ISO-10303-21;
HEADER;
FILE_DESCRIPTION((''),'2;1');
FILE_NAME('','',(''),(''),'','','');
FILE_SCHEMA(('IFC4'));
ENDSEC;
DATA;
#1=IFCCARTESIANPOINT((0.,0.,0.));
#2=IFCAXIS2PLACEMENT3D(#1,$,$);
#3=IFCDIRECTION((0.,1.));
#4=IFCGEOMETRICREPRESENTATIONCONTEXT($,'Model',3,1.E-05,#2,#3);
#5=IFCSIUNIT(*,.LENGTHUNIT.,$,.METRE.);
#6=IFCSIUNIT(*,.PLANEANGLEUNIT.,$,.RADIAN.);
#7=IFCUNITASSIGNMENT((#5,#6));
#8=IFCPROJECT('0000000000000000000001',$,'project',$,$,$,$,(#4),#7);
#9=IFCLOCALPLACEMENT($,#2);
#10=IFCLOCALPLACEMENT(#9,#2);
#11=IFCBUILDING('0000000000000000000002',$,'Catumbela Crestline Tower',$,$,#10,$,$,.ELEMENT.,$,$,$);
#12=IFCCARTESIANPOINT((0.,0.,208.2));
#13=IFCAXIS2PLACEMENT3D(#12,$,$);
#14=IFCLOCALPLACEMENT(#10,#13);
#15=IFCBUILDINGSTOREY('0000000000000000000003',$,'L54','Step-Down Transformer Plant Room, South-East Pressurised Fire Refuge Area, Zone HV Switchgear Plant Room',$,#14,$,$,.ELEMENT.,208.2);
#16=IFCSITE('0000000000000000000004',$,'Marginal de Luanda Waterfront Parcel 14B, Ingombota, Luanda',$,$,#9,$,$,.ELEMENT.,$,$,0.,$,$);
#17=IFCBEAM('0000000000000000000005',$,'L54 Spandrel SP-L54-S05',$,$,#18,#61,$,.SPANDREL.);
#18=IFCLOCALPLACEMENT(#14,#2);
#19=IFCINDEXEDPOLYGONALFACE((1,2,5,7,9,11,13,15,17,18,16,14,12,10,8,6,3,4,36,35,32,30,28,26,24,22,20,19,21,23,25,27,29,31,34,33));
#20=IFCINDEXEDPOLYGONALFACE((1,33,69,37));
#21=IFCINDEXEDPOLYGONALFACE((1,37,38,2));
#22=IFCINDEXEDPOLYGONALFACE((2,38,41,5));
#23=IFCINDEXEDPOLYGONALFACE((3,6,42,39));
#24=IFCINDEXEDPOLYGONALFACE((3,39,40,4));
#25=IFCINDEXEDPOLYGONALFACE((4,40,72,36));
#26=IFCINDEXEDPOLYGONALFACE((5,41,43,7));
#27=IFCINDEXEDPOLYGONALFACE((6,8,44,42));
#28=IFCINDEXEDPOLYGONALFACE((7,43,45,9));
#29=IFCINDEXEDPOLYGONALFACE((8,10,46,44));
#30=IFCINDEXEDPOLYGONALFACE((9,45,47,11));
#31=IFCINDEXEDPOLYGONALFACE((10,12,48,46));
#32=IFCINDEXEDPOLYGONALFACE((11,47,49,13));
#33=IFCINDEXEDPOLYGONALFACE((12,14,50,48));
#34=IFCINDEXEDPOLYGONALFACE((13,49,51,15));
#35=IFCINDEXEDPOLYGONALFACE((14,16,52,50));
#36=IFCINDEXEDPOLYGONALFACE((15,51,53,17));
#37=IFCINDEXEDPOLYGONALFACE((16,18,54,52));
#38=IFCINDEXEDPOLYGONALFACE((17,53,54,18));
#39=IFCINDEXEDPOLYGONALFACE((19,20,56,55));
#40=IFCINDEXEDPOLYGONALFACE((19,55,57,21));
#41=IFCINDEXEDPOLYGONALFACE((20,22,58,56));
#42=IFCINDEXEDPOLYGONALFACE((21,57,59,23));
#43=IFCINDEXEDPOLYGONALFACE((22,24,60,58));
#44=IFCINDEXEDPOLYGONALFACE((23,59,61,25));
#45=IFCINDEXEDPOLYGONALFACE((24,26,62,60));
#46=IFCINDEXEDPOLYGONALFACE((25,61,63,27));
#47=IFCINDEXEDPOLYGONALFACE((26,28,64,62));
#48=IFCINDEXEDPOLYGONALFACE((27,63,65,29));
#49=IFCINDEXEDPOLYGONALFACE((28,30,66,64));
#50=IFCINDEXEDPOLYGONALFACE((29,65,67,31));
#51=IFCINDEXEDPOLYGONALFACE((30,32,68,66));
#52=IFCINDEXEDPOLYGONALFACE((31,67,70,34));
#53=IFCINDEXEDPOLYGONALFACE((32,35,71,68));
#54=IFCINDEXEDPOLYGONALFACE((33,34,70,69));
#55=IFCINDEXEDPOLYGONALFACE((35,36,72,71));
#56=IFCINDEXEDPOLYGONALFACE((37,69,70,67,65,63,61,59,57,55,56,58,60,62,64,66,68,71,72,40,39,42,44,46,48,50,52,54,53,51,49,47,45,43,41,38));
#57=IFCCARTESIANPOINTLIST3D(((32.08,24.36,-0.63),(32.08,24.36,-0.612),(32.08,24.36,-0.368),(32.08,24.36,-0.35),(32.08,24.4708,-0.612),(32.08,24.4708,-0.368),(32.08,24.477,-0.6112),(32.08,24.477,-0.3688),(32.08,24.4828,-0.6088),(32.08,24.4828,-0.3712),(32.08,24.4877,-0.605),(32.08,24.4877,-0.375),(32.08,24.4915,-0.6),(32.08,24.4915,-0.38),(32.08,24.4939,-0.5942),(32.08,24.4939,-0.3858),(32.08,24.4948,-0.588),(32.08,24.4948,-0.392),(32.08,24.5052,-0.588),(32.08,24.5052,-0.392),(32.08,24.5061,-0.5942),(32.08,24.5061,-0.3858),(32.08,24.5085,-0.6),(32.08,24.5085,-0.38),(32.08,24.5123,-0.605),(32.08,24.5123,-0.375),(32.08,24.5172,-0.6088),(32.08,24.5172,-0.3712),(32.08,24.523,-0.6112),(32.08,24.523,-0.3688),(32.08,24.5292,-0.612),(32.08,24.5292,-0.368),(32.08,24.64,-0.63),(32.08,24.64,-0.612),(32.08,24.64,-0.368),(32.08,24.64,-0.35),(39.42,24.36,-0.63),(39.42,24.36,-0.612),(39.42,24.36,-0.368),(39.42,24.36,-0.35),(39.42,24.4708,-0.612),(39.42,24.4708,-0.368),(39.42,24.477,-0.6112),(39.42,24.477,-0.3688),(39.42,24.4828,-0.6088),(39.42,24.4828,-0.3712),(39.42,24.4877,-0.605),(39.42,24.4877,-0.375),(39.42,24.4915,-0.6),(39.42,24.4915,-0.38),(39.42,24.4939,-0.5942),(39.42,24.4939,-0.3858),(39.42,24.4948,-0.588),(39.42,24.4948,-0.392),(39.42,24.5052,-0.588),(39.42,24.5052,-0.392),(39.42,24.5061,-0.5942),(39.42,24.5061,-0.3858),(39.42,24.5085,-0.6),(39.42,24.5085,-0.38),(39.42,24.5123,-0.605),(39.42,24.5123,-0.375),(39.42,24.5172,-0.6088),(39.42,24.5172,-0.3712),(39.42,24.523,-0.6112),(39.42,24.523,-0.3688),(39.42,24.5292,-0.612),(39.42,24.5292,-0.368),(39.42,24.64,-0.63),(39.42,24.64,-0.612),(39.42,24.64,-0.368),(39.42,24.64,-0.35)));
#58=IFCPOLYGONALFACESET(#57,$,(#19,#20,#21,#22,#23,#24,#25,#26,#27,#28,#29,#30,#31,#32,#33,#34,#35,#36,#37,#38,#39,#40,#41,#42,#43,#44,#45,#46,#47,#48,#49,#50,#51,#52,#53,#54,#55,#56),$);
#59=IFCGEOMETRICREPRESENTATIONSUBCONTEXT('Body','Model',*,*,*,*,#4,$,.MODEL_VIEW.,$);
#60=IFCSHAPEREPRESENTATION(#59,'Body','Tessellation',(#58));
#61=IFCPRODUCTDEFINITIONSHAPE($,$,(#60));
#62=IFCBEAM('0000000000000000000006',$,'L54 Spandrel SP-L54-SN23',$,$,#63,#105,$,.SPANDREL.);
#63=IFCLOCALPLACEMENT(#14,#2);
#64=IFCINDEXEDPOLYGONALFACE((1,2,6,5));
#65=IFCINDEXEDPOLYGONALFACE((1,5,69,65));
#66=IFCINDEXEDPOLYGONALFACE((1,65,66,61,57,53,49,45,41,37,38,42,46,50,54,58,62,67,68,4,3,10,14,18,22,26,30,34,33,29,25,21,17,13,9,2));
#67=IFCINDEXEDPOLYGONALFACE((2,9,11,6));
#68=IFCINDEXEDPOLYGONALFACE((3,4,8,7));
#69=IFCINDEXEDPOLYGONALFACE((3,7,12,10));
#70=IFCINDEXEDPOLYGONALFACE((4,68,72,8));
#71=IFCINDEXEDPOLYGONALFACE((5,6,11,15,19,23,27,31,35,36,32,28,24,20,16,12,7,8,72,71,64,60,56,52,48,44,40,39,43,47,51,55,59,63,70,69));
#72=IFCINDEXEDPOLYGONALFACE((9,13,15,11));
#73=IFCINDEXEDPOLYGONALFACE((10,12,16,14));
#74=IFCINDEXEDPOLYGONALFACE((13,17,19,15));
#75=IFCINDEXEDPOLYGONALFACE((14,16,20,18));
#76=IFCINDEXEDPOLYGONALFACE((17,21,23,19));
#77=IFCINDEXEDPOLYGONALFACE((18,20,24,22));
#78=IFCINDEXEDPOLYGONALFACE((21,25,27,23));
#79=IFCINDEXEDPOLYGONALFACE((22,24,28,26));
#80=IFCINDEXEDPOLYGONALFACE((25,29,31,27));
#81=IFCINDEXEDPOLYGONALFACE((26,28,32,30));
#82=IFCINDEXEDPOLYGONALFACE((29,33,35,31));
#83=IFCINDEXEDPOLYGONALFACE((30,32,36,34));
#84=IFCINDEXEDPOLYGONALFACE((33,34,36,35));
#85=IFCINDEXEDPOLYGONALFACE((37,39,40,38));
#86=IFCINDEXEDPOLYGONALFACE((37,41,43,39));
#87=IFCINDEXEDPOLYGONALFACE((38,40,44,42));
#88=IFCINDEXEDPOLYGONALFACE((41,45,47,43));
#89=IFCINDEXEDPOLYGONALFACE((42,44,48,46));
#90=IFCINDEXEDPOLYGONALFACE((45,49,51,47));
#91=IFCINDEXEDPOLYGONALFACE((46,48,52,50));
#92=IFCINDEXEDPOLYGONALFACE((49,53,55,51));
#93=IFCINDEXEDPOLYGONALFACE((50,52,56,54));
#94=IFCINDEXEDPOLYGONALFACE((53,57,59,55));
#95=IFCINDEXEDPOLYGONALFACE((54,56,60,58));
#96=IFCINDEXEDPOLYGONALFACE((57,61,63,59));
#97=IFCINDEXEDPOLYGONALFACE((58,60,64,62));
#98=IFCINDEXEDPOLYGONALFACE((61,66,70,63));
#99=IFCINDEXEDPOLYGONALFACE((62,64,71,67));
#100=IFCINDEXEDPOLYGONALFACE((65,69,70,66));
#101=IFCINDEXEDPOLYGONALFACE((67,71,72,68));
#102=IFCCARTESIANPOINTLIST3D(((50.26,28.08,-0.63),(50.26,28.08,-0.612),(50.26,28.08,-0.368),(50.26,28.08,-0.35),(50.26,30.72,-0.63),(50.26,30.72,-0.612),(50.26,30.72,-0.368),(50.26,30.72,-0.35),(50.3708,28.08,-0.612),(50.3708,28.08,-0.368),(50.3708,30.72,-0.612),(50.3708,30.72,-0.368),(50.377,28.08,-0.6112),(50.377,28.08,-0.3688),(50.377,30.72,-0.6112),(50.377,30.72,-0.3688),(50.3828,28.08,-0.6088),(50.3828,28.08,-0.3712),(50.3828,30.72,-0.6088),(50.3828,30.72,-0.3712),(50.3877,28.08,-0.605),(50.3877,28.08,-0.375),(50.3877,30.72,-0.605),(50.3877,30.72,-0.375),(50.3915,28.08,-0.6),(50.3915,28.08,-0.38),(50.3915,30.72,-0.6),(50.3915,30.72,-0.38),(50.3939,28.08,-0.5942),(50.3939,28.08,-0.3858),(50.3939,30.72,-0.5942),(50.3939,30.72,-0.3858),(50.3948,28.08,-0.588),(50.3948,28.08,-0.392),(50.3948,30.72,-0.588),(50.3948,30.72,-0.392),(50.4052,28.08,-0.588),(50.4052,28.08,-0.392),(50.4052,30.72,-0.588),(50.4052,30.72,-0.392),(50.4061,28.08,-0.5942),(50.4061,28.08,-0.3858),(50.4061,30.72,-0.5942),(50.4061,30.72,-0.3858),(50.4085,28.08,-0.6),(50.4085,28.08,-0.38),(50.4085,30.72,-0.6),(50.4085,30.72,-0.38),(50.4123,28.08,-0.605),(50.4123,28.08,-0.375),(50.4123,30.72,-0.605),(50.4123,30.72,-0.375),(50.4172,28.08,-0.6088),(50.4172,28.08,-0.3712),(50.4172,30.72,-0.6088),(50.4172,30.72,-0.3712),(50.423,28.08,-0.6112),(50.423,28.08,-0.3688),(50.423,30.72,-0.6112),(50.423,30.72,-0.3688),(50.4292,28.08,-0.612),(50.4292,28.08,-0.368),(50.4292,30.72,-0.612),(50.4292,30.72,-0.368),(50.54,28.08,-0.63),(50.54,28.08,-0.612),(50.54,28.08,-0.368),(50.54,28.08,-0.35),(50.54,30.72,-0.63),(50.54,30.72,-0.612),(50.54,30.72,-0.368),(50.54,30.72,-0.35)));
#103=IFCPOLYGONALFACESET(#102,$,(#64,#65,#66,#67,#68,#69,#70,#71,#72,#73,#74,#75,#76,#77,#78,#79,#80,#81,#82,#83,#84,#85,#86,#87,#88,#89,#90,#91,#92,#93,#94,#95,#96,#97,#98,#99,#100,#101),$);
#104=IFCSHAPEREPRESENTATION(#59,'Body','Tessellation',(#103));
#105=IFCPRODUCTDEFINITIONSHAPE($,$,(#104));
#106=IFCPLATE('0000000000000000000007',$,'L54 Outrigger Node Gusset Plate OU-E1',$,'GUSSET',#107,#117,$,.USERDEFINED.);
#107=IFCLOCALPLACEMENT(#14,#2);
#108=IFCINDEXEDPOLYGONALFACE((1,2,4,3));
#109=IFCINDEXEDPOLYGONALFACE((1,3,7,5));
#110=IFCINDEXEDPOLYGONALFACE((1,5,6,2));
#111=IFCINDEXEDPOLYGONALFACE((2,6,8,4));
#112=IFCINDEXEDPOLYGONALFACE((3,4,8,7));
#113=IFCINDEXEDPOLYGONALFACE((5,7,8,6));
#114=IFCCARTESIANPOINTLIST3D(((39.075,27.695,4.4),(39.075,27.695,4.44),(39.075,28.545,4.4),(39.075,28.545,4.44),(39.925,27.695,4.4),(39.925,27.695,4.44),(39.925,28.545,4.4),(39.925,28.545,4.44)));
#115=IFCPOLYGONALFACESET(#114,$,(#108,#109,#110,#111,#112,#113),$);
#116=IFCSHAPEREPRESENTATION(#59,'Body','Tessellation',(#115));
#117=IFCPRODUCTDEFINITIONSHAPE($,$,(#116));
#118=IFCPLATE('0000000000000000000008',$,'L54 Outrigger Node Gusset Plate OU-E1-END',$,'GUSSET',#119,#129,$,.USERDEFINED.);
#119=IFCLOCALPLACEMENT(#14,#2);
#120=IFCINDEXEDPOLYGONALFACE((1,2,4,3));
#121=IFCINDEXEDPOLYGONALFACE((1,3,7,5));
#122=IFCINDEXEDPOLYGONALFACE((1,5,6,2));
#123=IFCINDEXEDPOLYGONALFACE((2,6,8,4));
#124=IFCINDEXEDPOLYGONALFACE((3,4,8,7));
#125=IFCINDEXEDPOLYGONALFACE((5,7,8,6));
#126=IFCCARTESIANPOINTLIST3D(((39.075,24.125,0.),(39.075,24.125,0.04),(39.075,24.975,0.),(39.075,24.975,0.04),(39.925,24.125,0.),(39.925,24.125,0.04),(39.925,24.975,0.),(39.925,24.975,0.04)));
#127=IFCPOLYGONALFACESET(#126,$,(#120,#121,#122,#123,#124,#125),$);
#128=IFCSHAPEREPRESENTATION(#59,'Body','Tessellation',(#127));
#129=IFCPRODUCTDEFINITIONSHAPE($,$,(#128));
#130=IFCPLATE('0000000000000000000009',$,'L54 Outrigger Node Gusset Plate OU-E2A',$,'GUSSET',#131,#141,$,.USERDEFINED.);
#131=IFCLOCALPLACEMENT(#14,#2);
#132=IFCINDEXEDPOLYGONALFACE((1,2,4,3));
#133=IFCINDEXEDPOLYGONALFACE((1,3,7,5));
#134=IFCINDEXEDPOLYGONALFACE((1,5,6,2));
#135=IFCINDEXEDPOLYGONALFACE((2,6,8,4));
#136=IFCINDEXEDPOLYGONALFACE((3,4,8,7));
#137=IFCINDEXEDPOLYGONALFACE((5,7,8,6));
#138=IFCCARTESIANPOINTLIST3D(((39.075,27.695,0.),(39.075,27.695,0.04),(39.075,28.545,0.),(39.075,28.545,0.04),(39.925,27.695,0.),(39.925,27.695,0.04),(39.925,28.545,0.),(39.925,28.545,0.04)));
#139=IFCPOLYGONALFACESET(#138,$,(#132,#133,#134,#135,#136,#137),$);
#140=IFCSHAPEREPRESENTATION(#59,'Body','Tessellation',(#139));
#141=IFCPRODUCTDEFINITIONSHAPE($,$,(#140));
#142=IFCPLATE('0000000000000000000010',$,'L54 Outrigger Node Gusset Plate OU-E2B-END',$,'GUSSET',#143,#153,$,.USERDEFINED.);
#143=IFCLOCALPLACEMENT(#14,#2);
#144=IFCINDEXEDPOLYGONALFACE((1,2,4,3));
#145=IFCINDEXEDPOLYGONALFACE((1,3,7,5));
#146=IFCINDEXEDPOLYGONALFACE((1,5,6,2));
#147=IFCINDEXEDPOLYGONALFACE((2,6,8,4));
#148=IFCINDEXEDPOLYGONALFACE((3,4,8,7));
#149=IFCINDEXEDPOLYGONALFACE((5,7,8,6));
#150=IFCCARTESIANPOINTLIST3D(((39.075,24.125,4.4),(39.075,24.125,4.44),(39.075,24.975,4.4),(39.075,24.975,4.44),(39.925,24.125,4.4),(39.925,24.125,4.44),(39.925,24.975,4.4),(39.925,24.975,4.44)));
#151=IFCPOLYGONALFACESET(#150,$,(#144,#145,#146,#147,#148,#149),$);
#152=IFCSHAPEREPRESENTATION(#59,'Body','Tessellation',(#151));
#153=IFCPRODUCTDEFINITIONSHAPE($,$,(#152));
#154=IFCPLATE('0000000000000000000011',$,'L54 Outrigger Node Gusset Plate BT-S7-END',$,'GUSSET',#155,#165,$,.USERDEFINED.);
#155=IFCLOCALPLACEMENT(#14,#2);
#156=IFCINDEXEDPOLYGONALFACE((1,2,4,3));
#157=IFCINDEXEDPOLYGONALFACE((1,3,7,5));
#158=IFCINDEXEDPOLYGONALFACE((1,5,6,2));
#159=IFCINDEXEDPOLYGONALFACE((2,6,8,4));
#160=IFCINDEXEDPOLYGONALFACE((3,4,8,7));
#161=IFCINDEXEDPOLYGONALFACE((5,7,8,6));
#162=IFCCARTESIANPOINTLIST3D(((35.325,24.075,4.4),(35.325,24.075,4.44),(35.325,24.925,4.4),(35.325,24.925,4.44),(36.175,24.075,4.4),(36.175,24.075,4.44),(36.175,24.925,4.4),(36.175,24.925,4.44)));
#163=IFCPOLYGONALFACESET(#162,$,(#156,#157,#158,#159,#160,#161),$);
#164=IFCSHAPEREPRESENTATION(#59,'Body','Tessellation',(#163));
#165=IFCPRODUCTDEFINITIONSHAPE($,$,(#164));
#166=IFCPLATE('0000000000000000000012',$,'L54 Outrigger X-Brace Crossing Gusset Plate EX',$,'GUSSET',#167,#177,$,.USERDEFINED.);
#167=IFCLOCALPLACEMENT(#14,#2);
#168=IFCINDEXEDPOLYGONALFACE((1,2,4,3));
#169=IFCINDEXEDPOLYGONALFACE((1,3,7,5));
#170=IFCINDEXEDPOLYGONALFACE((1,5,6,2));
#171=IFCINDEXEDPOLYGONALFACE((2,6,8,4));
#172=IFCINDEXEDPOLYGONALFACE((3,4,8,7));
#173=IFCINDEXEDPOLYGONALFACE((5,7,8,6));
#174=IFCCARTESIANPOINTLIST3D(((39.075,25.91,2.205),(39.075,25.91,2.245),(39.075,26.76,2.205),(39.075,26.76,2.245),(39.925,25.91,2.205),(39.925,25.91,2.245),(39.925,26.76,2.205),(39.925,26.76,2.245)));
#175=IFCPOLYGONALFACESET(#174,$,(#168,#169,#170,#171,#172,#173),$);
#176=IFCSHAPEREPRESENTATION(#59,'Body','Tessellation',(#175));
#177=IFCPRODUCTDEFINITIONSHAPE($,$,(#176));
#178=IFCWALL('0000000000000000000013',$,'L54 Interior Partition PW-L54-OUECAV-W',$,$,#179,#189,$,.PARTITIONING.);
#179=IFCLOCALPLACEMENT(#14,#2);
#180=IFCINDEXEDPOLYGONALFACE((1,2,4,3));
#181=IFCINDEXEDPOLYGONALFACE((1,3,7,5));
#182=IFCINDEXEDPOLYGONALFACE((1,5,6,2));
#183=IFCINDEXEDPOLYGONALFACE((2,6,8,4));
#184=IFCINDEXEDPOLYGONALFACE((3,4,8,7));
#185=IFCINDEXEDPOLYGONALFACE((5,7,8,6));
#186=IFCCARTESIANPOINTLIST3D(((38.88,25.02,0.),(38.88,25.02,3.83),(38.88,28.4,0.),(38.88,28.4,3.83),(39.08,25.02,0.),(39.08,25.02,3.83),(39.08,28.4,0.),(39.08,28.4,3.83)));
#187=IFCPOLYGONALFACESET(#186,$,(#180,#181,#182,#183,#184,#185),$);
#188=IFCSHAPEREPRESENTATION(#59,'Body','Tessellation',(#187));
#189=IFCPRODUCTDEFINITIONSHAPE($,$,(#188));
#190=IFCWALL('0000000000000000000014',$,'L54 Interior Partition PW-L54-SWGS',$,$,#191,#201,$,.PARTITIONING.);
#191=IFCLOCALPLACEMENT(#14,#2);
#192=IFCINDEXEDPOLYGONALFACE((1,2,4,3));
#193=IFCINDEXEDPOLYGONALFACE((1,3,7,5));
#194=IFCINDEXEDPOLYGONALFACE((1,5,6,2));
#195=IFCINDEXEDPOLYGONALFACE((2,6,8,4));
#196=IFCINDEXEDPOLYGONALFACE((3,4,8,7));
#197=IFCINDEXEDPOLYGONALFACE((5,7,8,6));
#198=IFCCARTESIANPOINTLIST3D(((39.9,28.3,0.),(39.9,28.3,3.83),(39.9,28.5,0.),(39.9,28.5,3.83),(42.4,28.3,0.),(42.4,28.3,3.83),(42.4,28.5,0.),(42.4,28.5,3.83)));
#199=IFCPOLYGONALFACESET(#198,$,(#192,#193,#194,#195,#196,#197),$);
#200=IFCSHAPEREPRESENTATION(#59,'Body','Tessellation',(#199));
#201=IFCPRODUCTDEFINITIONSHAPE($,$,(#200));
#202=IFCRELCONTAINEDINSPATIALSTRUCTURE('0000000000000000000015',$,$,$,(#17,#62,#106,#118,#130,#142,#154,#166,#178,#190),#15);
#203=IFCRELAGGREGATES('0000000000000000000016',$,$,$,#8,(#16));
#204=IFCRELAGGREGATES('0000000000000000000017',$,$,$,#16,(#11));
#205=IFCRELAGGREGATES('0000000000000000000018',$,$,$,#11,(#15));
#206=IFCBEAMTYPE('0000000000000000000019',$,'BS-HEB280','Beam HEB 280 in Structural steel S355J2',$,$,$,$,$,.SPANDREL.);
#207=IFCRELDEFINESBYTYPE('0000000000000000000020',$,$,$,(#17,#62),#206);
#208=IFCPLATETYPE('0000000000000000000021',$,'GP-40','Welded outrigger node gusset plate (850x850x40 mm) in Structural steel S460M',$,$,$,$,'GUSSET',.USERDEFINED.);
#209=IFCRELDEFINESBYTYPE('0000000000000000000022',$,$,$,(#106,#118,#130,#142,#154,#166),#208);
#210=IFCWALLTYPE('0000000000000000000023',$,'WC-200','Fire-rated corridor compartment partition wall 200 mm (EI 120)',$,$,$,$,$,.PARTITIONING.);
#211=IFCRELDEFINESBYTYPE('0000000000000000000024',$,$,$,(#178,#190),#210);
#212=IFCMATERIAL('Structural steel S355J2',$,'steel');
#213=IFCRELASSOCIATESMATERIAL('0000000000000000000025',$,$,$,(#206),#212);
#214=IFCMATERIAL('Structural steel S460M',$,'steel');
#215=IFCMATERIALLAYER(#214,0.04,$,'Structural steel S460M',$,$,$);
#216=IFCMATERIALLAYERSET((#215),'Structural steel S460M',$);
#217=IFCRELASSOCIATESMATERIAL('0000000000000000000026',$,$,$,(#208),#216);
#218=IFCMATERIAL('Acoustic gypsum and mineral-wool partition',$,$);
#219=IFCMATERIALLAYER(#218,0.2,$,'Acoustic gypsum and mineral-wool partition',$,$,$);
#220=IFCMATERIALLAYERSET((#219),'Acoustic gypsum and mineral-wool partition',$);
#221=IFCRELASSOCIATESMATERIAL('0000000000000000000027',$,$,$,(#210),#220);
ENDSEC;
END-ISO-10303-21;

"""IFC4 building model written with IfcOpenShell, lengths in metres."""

from ifc_helpers import new_model, si_unit, direction, frame, frame_2d, origin, origin_2d, place, context, subcontext, project, spatial, rectangle, i_section, extrude, material, layer, layer_set, material_profile, profile_set, type_object, element, save


model = new_model("IFC4")

# Units and contexts
model_context = context("Model", 3, precision=1e-05, world=origin(), true_north=direction((0.0, 1.0)))
body_context = subcontext(model_context, "Body", "Model", "MODEL_VIEW")
ifc_project = project(units=[si_unit("LENGTHUNIT", "METRE"), si_unit("PLANEANGLEUNIT", "RADIAN")], contexts=[model_context])

# Site, building, storey
site_placement = place(None, origin())
site = spatial("IfcSite", under=ifc_project, at=site_placement, Name="Marginal de Luanda Waterfront Parcel 14B, Ingombota, Luanda", CompositionType="ELEMENT", RefElevation=0.0)
building_placement = place(site_placement, origin())
building = spatial("IfcBuilding", under=site, at=building_placement, Name="Catumbela Crestline Tower", CompositionType="ELEMENT")
storey_placement = place(building_placement, frame((0.0, 0.0, 208.2)))
storey = spatial("IfcBuildingStorey", under=building, at=storey_placement, Name="L54", Description="Step-Down Transformer Plant Room, South-East Pressurised Fire Refuge Area, Zone HV Switchgear Plant Room", CompositionType="ELEMENT", Elevation=208.2)

# Shared definitions
ifc_material_1 = material(Name="Structural steel S355J2", Category="steel")

# Shared definitions
ifc_material_2 = material(Name="Structural steel S460M", Category="steel")

# Beams
ifc_material_profile_1 = material_profile(ifc_material_1, i_section(OverallWidth=0.28, OverallDepth=0.28, WebThickness=0.0105, FlangeThickness=0.018, FilletRadius=0.024, at=origin_2d()), Name="HEB 280")
ifc_profile_set_1 = profile_set([ifc_material_profile_1], Name="Structural steel S355J2")
beam_type_1 = type_object("IfcBeamType", Name="BS-HEB280", Description="Beam HEB 280 in Structural steel S355J2", PredefinedType="SPANDREL", material=ifc_profile_set_1)
beam_1_placement = place(storey_placement, frame((32.08, 24.5, -0.49), z_axis=(1.0, 0.0, 0.0), x_axis=(0.0, 1.0, 0.0)))
element("IfcBeam", 1, at=beam_1_placement, inside=storey, type_object=beam_type_1, Name="L54 Spandrel SP-L54-S05", PredefinedType="SPANDREL", context=body_context, shape_type="SweptSolid", body=[
    extrude(i_section(OverallWidth=0.28, OverallDepth=0.28, WebThickness=0.0105, FlangeThickness=0.018, FilletRadius=0.024, at=origin_2d()), origin(), (0.0, 0.0, 1.0), 7.34),
])
beam_2_placement = place(storey_placement, frame((50.4, 28.08, -0.49), z_axis=(0.0, 1.0, 0.0), x_axis=(-1.0, 0.0, 0.0)))
element("IfcBeam", 2, at=beam_2_placement, inside=storey, type_object=beam_type_1, Name="L54 Spandrel SP-L54-SN23", PredefinedType="SPANDREL", context=body_context, shape_type="SweptSolid", body=[
    extrude(i_section(OverallWidth=0.28, OverallDepth=0.28, WebThickness=0.0105, FlangeThickness=0.018, FilletRadius=0.024, at=origin_2d()), origin(), (0.0, 0.0, 1.0), 2.64),
])

# Plates
ifc_layer_1 = layer(ifc_material_2, 0.04, Name="Structural steel S460M")
ifc_layer_set_1 = layer_set([ifc_layer_1], Name="Structural steel S460M")
plate_type = type_object("IfcPlateType", Name="GP-40", Description="Welded outrigger node gusset plate (850x850x40 mm) in Structural steel S460M", ElementType="GUSSET", PredefinedType="USERDEFINED", material=ifc_layer_set_1)
for number, where, z_axis, x_axis, name in (
    (3, (39.5, 28.12, 4.4), (0.0, 0.0, 1.0), (1.0, 0.0, 0.0), "L54 Outrigger Node Gusset Plate OU-E1"),
    (4, (39.5, 24.55, 0.0), (0.0, 0.0, 1.0), (1.0, 0.0, 0.0), "L54 Outrigger Node Gusset Plate OU-E1-END"),
    (5, (39.5, 28.12, 0.0), (0.0, 0.0, 1.0), (1.0, 0.0, 0.0), "L54 Outrigger Node Gusset Plate OU-E2A"),
    (6, (39.5, 24.55, 4.4), (0.0, 0.0, 1.0), (1.0, 0.0, 0.0), "L54 Outrigger Node Gusset Plate OU-E2B-END"),
    (7, (35.75, 24.5, 4.4), (0.0, 0.0, 1.0), (1.0, 0.0, 0.0), "L54 Outrigger Node Gusset Plate BT-S7-END"),
    (8, (39.5, 26.335, 2.205), (0.0, 0.0, 1.0), (1.0, 0.0, 0.0), "L54 Outrigger X-Brace Crossing Gusset Plate EX"),
):
    element("IfcPlate", number, at=place(storey_placement, frame(where, z_axis=z_axis, x_axis=x_axis)), inside=storey, type_object=plate_type, Name=name, ObjectType="GUSSET", PredefinedType="USERDEFINED", context=body_context, shape_type="SweptSolid", body=[
        extrude(rectangle(XDim=0.85, YDim=0.85, at=origin_2d()), origin(), (0.0, 0.0, 1.0), 0.04),
    ])

# Walls
ifc_material_3 = material(Name="Acoustic gypsum and mineral-wool partition")
ifc_layer_2 = layer(ifc_material_3, 0.2, Name="Acoustic gypsum and mineral-wool partition")
ifc_layer_set_2 = layer_set([ifc_layer_2], Name="Acoustic gypsum and mineral-wool partition")
wall_type_1 = type_object("IfcWallType", Name="WC-200", Description="Fire-rated corridor compartment partition wall 200 mm (EI 120)", PredefinedType="PARTITIONING", material=ifc_layer_set_2)
wall_1_placement = place(storey_placement, frame((38.98, 25.02, 0.0), z_axis=(0.0, 0.0, 1.0), x_axis=(0.0, 1.0, 0.0)))
element("IfcWall", 9, at=wall_1_placement, inside=storey, type_object=wall_type_1, Name="L54 Interior Partition PW-L54-OUECAV-W", PredefinedType="PARTITIONING", context=body_context, shape_type="SweptSolid", body=[
    extrude(rectangle(XDim=3.38, YDim=0.2, at=frame_2d((1.69, 0.0))), origin(), (0.0, 0.0, 1.0), 3.83),
])
wall_2_placement = place(storey_placement, frame((39.9, 28.4, 0.0), z_axis=(0.0, 0.0, 1.0), x_axis=(1.0, 0.0, 0.0)))
element("IfcWall", 10, at=wall_2_placement, inside=storey, type_object=wall_type_1, Name="L54 Interior Partition PW-L54-SWGS", PredefinedType="PARTITIONING", context=body_context, shape_type="SweptSolid", body=[
    extrude(rectangle(XDim=2.5, YDim=0.2, at=frame_2d((1.25, 0.0))), origin(), (0.0, 0.0, 1.0), 3.83),
])

save(model, "model.ifc")
